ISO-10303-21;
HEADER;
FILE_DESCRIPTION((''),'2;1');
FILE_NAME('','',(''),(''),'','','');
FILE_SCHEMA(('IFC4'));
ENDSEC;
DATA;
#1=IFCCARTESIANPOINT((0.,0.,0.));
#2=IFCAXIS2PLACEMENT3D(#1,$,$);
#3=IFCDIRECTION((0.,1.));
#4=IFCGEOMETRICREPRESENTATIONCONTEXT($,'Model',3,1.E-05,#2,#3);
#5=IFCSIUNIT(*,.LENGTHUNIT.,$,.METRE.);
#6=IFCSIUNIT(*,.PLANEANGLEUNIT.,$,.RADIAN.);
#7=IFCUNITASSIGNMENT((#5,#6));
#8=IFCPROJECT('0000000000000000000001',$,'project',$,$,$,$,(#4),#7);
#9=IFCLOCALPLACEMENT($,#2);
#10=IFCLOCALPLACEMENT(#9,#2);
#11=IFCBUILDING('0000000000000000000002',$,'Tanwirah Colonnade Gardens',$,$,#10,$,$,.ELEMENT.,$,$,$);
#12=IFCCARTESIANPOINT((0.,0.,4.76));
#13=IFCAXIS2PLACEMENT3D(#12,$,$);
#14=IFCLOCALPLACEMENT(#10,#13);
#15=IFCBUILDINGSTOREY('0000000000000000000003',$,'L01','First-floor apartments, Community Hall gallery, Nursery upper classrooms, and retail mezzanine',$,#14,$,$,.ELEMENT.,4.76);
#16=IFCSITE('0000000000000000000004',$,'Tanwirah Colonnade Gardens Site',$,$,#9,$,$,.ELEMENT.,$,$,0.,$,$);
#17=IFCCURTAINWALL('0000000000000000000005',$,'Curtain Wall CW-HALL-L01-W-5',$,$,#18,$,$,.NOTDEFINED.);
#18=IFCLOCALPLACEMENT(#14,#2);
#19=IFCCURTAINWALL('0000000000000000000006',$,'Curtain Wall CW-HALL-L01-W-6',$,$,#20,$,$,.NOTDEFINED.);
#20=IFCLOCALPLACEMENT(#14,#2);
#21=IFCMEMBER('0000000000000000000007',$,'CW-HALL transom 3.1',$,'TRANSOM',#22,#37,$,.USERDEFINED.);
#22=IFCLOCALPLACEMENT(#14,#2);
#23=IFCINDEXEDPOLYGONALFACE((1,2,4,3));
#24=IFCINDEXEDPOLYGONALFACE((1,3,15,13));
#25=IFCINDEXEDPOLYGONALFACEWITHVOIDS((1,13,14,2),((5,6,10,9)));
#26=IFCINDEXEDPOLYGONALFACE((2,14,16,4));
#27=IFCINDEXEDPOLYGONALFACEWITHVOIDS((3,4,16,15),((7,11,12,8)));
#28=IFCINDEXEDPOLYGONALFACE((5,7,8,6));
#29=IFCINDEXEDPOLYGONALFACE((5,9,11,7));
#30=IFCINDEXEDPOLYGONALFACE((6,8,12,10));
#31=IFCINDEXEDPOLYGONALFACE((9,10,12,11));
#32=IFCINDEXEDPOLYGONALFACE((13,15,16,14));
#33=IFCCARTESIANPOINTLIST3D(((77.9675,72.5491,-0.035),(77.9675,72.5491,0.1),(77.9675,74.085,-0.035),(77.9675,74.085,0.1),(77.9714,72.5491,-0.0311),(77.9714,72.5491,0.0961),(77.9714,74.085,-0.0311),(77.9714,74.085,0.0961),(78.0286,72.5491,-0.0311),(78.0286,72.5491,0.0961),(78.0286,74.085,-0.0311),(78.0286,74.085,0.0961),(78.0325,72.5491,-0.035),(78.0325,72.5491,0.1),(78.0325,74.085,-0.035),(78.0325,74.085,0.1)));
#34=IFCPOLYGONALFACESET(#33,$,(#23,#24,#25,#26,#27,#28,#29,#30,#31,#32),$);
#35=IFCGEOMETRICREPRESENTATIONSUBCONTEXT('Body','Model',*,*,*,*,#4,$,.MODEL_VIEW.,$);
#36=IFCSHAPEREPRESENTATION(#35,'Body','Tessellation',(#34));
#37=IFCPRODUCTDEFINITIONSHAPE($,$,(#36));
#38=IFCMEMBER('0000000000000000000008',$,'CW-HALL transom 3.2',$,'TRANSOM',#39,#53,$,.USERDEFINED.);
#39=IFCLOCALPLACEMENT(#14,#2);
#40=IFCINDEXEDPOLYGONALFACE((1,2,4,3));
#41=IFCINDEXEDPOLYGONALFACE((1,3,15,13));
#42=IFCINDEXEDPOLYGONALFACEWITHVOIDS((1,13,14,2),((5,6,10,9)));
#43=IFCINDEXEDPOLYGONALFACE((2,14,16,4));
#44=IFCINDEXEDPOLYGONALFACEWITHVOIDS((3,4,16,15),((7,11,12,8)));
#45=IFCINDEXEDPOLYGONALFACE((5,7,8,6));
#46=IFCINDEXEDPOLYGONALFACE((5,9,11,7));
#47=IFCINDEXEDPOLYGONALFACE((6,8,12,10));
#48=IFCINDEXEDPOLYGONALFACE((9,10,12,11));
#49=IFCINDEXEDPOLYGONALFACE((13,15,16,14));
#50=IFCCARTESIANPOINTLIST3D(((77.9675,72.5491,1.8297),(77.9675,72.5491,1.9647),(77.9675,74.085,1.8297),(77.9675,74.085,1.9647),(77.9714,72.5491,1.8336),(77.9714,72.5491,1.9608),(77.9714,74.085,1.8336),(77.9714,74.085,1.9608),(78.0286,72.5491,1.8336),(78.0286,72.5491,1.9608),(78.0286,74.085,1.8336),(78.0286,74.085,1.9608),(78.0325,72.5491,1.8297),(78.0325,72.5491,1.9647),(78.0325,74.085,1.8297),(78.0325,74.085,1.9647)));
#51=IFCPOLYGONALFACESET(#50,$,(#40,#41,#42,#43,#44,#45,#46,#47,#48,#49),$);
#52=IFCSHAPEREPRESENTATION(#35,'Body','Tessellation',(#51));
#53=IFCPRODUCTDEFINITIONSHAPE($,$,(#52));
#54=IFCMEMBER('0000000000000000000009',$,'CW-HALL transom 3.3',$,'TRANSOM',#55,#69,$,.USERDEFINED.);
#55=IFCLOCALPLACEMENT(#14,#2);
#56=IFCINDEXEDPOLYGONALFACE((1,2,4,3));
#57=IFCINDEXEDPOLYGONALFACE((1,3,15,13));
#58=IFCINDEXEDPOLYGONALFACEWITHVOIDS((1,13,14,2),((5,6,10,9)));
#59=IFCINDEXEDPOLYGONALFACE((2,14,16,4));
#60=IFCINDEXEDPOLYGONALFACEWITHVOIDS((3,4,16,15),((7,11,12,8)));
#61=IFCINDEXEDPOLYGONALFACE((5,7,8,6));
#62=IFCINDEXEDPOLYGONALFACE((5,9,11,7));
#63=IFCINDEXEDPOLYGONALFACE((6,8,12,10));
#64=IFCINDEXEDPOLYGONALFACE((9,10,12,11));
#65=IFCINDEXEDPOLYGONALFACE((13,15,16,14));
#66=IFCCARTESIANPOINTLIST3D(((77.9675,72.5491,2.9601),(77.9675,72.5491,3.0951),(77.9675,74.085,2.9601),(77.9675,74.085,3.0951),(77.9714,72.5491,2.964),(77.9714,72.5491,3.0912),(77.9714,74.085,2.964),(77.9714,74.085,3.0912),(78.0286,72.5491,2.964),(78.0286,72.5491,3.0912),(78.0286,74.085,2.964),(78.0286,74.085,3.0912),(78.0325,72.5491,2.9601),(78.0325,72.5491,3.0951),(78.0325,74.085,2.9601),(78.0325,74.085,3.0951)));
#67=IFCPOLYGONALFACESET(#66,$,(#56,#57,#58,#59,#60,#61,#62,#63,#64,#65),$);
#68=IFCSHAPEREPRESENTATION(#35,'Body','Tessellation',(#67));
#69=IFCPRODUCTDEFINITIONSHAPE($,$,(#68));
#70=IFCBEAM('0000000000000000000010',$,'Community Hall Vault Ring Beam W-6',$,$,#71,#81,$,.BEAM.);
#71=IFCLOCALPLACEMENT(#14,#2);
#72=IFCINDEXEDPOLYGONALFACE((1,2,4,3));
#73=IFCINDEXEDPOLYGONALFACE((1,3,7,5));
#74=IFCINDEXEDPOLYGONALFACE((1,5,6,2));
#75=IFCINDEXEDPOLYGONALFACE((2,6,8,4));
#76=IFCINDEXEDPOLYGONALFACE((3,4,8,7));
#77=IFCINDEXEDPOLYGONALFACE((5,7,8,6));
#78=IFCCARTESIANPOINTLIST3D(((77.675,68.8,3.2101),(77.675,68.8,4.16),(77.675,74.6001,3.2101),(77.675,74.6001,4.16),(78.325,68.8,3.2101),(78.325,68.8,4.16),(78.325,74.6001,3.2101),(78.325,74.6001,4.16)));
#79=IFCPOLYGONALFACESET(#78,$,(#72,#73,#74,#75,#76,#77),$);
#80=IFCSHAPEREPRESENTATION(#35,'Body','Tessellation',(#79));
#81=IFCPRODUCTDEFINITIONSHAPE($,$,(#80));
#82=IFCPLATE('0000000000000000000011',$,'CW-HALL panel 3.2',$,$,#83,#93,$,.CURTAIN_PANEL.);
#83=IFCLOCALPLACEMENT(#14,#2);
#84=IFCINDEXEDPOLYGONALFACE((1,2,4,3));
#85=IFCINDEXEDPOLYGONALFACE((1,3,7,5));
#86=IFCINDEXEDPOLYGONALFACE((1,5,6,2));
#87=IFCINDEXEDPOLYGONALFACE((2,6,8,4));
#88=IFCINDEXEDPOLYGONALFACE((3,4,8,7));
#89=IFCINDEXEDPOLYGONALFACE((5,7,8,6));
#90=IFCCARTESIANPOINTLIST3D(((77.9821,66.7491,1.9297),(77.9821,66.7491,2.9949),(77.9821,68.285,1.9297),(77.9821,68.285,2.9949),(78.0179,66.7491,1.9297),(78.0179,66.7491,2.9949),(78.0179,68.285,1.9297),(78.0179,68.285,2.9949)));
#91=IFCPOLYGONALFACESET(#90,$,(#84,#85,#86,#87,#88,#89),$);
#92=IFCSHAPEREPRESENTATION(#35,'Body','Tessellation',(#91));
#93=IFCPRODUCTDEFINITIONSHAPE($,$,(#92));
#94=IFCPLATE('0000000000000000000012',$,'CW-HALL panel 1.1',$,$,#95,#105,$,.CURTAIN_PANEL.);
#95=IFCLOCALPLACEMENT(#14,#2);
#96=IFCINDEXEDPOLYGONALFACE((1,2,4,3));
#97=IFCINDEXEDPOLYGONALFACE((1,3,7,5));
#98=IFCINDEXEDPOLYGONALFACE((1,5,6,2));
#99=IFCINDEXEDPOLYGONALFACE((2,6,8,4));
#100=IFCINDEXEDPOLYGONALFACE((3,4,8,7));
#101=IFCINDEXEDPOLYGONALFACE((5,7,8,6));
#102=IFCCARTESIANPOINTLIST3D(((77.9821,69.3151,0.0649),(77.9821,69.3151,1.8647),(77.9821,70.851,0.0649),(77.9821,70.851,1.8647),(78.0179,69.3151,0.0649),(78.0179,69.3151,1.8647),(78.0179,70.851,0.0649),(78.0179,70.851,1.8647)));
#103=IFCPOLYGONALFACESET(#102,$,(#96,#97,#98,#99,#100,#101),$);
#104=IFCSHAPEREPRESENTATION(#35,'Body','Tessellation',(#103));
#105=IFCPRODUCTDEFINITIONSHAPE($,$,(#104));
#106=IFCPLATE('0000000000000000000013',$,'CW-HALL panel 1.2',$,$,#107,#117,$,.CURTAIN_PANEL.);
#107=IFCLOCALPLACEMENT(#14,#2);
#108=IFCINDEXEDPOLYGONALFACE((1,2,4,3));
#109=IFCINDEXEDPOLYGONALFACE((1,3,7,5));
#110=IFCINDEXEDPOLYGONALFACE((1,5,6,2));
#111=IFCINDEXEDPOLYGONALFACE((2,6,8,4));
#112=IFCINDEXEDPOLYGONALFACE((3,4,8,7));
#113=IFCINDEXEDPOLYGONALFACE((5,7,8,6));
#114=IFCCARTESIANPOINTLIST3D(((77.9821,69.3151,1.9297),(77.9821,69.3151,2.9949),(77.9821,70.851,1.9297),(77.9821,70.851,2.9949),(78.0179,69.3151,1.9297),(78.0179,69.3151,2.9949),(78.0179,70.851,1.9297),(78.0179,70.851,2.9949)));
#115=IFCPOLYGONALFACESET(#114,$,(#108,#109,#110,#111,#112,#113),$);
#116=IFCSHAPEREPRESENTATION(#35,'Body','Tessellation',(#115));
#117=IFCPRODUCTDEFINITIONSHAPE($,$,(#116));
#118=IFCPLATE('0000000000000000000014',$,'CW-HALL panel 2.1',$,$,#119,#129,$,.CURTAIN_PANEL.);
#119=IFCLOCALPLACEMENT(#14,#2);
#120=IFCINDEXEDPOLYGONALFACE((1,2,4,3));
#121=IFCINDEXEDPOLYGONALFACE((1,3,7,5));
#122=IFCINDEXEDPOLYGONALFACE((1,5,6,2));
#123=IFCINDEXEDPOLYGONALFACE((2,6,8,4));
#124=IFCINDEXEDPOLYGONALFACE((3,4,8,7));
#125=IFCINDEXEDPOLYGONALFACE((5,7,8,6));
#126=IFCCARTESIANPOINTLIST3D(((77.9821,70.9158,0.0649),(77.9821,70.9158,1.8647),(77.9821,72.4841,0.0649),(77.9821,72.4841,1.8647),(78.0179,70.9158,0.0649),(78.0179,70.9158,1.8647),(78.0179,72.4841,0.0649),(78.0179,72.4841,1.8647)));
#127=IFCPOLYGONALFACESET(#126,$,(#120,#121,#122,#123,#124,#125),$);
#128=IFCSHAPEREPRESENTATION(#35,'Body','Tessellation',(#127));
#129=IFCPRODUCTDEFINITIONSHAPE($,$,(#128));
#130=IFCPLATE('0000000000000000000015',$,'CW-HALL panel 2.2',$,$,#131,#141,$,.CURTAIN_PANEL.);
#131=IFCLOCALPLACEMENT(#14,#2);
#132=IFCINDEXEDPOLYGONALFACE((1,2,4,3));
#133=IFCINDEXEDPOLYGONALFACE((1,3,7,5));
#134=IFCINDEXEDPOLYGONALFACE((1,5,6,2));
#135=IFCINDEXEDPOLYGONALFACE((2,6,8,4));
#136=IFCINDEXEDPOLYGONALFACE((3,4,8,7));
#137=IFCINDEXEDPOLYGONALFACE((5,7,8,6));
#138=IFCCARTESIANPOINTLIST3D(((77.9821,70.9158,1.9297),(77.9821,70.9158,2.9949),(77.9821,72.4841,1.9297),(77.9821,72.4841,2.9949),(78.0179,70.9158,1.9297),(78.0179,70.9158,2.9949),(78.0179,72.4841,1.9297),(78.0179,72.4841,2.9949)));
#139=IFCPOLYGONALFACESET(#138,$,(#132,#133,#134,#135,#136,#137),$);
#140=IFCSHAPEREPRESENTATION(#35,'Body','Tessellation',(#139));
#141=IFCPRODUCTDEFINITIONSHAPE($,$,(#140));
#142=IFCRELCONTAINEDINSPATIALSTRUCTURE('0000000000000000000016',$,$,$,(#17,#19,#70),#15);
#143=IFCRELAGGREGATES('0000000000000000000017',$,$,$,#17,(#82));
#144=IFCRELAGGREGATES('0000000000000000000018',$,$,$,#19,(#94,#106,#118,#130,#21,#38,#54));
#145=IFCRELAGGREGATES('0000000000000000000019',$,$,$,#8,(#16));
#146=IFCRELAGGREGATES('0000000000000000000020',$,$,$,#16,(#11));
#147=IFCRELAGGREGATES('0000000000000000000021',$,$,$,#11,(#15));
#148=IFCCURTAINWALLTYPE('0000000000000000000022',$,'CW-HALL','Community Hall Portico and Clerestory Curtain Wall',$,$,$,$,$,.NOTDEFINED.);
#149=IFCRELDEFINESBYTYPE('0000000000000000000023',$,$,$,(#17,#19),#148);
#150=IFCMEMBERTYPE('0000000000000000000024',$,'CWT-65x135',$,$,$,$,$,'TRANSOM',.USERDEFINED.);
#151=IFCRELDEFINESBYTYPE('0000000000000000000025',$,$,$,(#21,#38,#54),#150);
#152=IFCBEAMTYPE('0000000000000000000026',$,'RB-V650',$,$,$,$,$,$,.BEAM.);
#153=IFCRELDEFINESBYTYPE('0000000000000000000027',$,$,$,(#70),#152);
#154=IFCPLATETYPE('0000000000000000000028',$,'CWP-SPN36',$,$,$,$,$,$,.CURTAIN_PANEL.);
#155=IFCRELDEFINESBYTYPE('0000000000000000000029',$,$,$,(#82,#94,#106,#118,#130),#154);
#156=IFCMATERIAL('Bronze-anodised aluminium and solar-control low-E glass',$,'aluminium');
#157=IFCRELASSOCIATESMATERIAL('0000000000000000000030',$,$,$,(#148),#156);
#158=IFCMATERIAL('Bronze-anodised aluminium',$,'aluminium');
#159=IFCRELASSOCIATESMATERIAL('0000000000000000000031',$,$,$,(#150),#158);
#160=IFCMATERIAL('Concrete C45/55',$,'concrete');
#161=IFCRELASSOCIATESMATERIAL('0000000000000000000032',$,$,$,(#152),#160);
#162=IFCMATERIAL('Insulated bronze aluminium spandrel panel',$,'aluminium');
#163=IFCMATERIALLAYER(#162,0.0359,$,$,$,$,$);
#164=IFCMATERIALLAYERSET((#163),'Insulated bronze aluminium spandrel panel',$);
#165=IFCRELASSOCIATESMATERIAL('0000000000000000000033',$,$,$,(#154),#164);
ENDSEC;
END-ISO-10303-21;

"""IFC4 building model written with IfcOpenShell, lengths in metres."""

from ifc_helpers import new_model, si_unit, direction, frame, origin, origin_2d, place, context, subcontext, project, spatial, rectangle, hollow_rectangle, extrude, material, layer, layer_set, material_profile, profile_set, type_object, element, aggregate, save


model = new_model("IFC4")

# Units and contexts
model_context = context("Model", 3, precision=1e-05, world=origin(), true_north=direction((0.0, 1.0)))
body_context = subcontext(model_context, "Body", "Model", "MODEL_VIEW")
ifc_project = project(units=[si_unit("LENGTHUNIT", "METRE"), si_unit("PLANEANGLEUNIT", "RADIAN")], contexts=[model_context])

# Site, building, storey
site_placement = place(None, origin())
site = spatial("IfcSite", under=ifc_project, at=site_placement, Name="Tanwirah Colonnade Gardens Site", CompositionType="ELEMENT", RefElevation=0.0)
building_placement = place(site_placement, origin())
building = spatial("IfcBuilding", under=site, at=building_placement, Name="Tanwirah Colonnade Gardens", CompositionType="ELEMENT")
storey_placement = place(building_placement, frame((0.0, 0.0, 4.76)))
storey = spatial("IfcBuildingStorey", under=building, at=storey_placement, Name="L01", Description="First-floor apartments, Community Hall gallery, Nursery upper classrooms, and retail mezzanine", CompositionType="ELEMENT", Elevation=4.76)

# Shared definitions
ifc_material_1 = material(Name="Concrete C45/55", Category="concrete")

# Curtain wall
ifc_material_2 = material(Name="Bronze-anodised aluminium and solar-control low-E glass", Category="aluminium")
curtain_wall_type = type_object("IfcCurtainWallType", Name="CW-HALL", Description="Community Hall Portico and Clerestory Curtain Wall", PredefinedType="NOTDEFINED", material=ifc_material_2)
curtain_wall_1_placement = place(storey_placement, origin())
curtain_wall_1 = element("IfcCurtainWall", 1, at=curtain_wall_1_placement, inside=storey, type_object=curtain_wall_type, Name="Curtain Wall CW-HALL-L01-W-5", PredefinedType="NOTDEFINED")
ifc_material_3 = material(Name="Bronze-anodised aluminium", Category="aluminium")

# Curtain wall, members
curtain_wall_2_placement = place(storey_placement, origin())
curtain_wall_2 = element("IfcCurtainWall", 2, at=curtain_wall_2_placement, inside=storey, type_object=curtain_wall_type, Name="Curtain Wall CW-HALL-L01-W-6", PredefinedType="NOTDEFINED")
ifc_material_profile_1 = material_profile(ifc_material_3, hollow_rectangle(XDim=0.0649, YDim=0.135, WallThickness=0.0039, at=origin_2d()), Name="CW-TRN 65x135x4")
ifc_profile_set_1 = profile_set([ifc_material_profile_1], Name="Bronze-anodised aluminium")
member_type_1 = type_object("IfcMemberType", Name="CWT-65x135", ElementType="TRANSOM", PredefinedType="USERDEFINED", material=ifc_profile_set_1)
member_1_placement = place(storey_placement, frame((78.0, 72.5491, 0.0325), z_axis=(0.0, 1.0, 0.0), x_axis=(-1.0, 0.0, 0.0)))
member_1 = element("IfcMember", 3, at=member_1_placement, type_object=member_type_1, Name="CW-HALL transom 3.1", ObjectType="TRANSOM", PredefinedType="USERDEFINED", context=body_context, shape_type="SweptSolid", body=[
    extrude(hollow_rectangle(XDim=0.0649, YDim=0.135, WallThickness=0.0039, at=origin_2d()), origin(), (0.0, 0.0, 1.0), 1.5359),
])
member_2_placement = place(storey_placement, frame((78.0, 72.5491, 1.8972), z_axis=(0.0, 1.0, 0.0), x_axis=(-1.0, 0.0, 0.0)))
member_2 = element("IfcMember", 4, at=member_2_placement, type_object=member_type_1, Name="CW-HALL transom 3.2", ObjectType="TRANSOM", PredefinedType="USERDEFINED", context=body_context, shape_type="SweptSolid", body=[
    extrude(hollow_rectangle(XDim=0.0649, YDim=0.135, WallThickness=0.0039, at=origin_2d()), origin(), (0.0, 0.0, 1.0), 1.5359),
])
member_3_placement = place(storey_placement, frame((78.0, 72.5491, 3.0276), z_axis=(0.0, 1.0, 0.0), x_axis=(-1.0, 0.0, 0.0)))
member_3 = element("IfcMember", 5, at=member_3_placement, type_object=member_type_1, Name="CW-HALL transom 3.3", ObjectType="TRANSOM", PredefinedType="USERDEFINED", context=body_context, shape_type="SweptSolid", body=[
    extrude(hollow_rectangle(XDim=0.0649, YDim=0.135, WallThickness=0.0039, at=origin_2d()), origin(), (0.0, 0.0, 1.0), 1.5359),
])

# Beam
ifc_material_profile_2 = material_profile(ifc_material_1, rectangle(XDim=0.6499, YDim=0.95, at=origin_2d()), Name="RC-RB 650x950")
ifc_profile_set_2 = profile_set([ifc_material_profile_2], Name="Concrete C45/55")
beam_type = type_object("IfcBeamType", Name="RB-V650", PredefinedType="BEAM", material=ifc_profile_set_2)
beam_placement = place(storey_placement, frame((78.0, 68.8, 3.6851), z_axis=(0.0, 1.0, 0.0), x_axis=(-1.0, 0.0, 0.0)))
element("IfcBeam", 6, at=beam_placement, inside=storey, type_object=beam_type, Name="Community Hall Vault Ring Beam W-6", PredefinedType="BEAM", context=body_context, shape_type="SweptSolid", body=[
    extrude(rectangle(XDim=0.6499, YDim=0.95, at=origin_2d()), origin(), (0.0, 0.0, 1.0), 5.8),
])

# Plates
ifc_material_4 = material(Name="Insulated bronze aluminium spandrel panel", Category="aluminium")
ifc_layer = layer(ifc_material_4, 0.0359)
ifc_layer_set = layer_set([ifc_layer], Name="Insulated bronze aluminium spandrel panel")
plate_type = type_object("IfcPlateType", Name="CWP-SPN36", PredefinedType="CURTAIN_PANEL", material=ifc_layer_set)
plate_1_placement = place(storey_placement, frame((78.0, 67.5171, 1.9297), z_axis=(0.0, 0.0, 1.0), x_axis=(0.0, 1.0, 0.0)))
plate_1 = element("IfcPlate", 7, at=plate_1_placement, type_object=plate_type, Name="CW-HALL panel 3.2", PredefinedType="CURTAIN_PANEL", context=body_context, shape_type="SweptSolid", body=[
    extrude(rectangle(XDim=1.5359, YDim=0.0359, at=origin_2d()), origin(), (0.0, 0.0, 1.0), 1.0652),
])
aggregate(curtain_wall_1, [plate_1])
plate_2_placement = place(storey_placement, frame((78.0, 70.083, 0.0649), z_axis=(0.0, 0.0, 1.0), x_axis=(0.0, 1.0, 0.0)))
plate_2 = element("IfcPlate", 8, at=plate_2_placement, type_object=plate_type, Name="CW-HALL panel 1.1", PredefinedType="CURTAIN_PANEL", context=body_context, shape_type="SweptSolid", body=[
    extrude(rectangle(XDim=1.5359, YDim=0.0359, at=origin_2d()), origin(), (0.0, 0.0, 1.0), 1.7998),
])
plate_3_placement = place(storey_placement, frame((78.0, 70.083, 1.9297), z_axis=(0.0, 0.0, 1.0), x_axis=(0.0, 1.0, 0.0)))
plate_3 = element("IfcPlate", 9, at=plate_3_placement, type_object=plate_type, Name="CW-HALL panel 1.2", PredefinedType="CURTAIN_PANEL", context=body_context, shape_type="SweptSolid", body=[
    extrude(rectangle(XDim=1.5359, YDim=0.0359, at=origin_2d()), origin(), (0.0, 0.0, 1.0), 1.0652),
])
plate_4_placement = place(storey_placement, frame((78.0, 71.7, 0.0649), z_axis=(0.0, 0.0, 1.0), x_axis=(0.0, 1.0, 0.0)))
plate_4 = element("IfcPlate", 10, at=plate_4_placement, type_object=plate_type, Name="CW-HALL panel 2.1", PredefinedType="CURTAIN_PANEL", context=body_context, shape_type="SweptSolid", body=[
    extrude(rectangle(XDim=1.5684, YDim=0.0359, at=origin_2d()), origin(), (0.0, 0.0, 1.0), 1.7998),
])
plate_5_placement = place(storey_placement, frame((78.0, 71.7, 1.9297), z_axis=(0.0, 0.0, 1.0), x_axis=(0.0, 1.0, 0.0)))
plate_5 = element("IfcPlate", 11, at=plate_5_placement, type_object=plate_type, Name="CW-HALL panel 2.2", PredefinedType="CURTAIN_PANEL", context=body_context, shape_type="SweptSolid", body=[
    extrude(rectangle(XDim=1.5684, YDim=0.0359, at=origin_2d()), origin(), (0.0, 0.0, 1.0), 1.0652),
])
aggregate(curtain_wall_2, [plate_2, plate_3, plate_4, plate_5, member_1, member_2, member_3])

save(model, "model.ifc")
